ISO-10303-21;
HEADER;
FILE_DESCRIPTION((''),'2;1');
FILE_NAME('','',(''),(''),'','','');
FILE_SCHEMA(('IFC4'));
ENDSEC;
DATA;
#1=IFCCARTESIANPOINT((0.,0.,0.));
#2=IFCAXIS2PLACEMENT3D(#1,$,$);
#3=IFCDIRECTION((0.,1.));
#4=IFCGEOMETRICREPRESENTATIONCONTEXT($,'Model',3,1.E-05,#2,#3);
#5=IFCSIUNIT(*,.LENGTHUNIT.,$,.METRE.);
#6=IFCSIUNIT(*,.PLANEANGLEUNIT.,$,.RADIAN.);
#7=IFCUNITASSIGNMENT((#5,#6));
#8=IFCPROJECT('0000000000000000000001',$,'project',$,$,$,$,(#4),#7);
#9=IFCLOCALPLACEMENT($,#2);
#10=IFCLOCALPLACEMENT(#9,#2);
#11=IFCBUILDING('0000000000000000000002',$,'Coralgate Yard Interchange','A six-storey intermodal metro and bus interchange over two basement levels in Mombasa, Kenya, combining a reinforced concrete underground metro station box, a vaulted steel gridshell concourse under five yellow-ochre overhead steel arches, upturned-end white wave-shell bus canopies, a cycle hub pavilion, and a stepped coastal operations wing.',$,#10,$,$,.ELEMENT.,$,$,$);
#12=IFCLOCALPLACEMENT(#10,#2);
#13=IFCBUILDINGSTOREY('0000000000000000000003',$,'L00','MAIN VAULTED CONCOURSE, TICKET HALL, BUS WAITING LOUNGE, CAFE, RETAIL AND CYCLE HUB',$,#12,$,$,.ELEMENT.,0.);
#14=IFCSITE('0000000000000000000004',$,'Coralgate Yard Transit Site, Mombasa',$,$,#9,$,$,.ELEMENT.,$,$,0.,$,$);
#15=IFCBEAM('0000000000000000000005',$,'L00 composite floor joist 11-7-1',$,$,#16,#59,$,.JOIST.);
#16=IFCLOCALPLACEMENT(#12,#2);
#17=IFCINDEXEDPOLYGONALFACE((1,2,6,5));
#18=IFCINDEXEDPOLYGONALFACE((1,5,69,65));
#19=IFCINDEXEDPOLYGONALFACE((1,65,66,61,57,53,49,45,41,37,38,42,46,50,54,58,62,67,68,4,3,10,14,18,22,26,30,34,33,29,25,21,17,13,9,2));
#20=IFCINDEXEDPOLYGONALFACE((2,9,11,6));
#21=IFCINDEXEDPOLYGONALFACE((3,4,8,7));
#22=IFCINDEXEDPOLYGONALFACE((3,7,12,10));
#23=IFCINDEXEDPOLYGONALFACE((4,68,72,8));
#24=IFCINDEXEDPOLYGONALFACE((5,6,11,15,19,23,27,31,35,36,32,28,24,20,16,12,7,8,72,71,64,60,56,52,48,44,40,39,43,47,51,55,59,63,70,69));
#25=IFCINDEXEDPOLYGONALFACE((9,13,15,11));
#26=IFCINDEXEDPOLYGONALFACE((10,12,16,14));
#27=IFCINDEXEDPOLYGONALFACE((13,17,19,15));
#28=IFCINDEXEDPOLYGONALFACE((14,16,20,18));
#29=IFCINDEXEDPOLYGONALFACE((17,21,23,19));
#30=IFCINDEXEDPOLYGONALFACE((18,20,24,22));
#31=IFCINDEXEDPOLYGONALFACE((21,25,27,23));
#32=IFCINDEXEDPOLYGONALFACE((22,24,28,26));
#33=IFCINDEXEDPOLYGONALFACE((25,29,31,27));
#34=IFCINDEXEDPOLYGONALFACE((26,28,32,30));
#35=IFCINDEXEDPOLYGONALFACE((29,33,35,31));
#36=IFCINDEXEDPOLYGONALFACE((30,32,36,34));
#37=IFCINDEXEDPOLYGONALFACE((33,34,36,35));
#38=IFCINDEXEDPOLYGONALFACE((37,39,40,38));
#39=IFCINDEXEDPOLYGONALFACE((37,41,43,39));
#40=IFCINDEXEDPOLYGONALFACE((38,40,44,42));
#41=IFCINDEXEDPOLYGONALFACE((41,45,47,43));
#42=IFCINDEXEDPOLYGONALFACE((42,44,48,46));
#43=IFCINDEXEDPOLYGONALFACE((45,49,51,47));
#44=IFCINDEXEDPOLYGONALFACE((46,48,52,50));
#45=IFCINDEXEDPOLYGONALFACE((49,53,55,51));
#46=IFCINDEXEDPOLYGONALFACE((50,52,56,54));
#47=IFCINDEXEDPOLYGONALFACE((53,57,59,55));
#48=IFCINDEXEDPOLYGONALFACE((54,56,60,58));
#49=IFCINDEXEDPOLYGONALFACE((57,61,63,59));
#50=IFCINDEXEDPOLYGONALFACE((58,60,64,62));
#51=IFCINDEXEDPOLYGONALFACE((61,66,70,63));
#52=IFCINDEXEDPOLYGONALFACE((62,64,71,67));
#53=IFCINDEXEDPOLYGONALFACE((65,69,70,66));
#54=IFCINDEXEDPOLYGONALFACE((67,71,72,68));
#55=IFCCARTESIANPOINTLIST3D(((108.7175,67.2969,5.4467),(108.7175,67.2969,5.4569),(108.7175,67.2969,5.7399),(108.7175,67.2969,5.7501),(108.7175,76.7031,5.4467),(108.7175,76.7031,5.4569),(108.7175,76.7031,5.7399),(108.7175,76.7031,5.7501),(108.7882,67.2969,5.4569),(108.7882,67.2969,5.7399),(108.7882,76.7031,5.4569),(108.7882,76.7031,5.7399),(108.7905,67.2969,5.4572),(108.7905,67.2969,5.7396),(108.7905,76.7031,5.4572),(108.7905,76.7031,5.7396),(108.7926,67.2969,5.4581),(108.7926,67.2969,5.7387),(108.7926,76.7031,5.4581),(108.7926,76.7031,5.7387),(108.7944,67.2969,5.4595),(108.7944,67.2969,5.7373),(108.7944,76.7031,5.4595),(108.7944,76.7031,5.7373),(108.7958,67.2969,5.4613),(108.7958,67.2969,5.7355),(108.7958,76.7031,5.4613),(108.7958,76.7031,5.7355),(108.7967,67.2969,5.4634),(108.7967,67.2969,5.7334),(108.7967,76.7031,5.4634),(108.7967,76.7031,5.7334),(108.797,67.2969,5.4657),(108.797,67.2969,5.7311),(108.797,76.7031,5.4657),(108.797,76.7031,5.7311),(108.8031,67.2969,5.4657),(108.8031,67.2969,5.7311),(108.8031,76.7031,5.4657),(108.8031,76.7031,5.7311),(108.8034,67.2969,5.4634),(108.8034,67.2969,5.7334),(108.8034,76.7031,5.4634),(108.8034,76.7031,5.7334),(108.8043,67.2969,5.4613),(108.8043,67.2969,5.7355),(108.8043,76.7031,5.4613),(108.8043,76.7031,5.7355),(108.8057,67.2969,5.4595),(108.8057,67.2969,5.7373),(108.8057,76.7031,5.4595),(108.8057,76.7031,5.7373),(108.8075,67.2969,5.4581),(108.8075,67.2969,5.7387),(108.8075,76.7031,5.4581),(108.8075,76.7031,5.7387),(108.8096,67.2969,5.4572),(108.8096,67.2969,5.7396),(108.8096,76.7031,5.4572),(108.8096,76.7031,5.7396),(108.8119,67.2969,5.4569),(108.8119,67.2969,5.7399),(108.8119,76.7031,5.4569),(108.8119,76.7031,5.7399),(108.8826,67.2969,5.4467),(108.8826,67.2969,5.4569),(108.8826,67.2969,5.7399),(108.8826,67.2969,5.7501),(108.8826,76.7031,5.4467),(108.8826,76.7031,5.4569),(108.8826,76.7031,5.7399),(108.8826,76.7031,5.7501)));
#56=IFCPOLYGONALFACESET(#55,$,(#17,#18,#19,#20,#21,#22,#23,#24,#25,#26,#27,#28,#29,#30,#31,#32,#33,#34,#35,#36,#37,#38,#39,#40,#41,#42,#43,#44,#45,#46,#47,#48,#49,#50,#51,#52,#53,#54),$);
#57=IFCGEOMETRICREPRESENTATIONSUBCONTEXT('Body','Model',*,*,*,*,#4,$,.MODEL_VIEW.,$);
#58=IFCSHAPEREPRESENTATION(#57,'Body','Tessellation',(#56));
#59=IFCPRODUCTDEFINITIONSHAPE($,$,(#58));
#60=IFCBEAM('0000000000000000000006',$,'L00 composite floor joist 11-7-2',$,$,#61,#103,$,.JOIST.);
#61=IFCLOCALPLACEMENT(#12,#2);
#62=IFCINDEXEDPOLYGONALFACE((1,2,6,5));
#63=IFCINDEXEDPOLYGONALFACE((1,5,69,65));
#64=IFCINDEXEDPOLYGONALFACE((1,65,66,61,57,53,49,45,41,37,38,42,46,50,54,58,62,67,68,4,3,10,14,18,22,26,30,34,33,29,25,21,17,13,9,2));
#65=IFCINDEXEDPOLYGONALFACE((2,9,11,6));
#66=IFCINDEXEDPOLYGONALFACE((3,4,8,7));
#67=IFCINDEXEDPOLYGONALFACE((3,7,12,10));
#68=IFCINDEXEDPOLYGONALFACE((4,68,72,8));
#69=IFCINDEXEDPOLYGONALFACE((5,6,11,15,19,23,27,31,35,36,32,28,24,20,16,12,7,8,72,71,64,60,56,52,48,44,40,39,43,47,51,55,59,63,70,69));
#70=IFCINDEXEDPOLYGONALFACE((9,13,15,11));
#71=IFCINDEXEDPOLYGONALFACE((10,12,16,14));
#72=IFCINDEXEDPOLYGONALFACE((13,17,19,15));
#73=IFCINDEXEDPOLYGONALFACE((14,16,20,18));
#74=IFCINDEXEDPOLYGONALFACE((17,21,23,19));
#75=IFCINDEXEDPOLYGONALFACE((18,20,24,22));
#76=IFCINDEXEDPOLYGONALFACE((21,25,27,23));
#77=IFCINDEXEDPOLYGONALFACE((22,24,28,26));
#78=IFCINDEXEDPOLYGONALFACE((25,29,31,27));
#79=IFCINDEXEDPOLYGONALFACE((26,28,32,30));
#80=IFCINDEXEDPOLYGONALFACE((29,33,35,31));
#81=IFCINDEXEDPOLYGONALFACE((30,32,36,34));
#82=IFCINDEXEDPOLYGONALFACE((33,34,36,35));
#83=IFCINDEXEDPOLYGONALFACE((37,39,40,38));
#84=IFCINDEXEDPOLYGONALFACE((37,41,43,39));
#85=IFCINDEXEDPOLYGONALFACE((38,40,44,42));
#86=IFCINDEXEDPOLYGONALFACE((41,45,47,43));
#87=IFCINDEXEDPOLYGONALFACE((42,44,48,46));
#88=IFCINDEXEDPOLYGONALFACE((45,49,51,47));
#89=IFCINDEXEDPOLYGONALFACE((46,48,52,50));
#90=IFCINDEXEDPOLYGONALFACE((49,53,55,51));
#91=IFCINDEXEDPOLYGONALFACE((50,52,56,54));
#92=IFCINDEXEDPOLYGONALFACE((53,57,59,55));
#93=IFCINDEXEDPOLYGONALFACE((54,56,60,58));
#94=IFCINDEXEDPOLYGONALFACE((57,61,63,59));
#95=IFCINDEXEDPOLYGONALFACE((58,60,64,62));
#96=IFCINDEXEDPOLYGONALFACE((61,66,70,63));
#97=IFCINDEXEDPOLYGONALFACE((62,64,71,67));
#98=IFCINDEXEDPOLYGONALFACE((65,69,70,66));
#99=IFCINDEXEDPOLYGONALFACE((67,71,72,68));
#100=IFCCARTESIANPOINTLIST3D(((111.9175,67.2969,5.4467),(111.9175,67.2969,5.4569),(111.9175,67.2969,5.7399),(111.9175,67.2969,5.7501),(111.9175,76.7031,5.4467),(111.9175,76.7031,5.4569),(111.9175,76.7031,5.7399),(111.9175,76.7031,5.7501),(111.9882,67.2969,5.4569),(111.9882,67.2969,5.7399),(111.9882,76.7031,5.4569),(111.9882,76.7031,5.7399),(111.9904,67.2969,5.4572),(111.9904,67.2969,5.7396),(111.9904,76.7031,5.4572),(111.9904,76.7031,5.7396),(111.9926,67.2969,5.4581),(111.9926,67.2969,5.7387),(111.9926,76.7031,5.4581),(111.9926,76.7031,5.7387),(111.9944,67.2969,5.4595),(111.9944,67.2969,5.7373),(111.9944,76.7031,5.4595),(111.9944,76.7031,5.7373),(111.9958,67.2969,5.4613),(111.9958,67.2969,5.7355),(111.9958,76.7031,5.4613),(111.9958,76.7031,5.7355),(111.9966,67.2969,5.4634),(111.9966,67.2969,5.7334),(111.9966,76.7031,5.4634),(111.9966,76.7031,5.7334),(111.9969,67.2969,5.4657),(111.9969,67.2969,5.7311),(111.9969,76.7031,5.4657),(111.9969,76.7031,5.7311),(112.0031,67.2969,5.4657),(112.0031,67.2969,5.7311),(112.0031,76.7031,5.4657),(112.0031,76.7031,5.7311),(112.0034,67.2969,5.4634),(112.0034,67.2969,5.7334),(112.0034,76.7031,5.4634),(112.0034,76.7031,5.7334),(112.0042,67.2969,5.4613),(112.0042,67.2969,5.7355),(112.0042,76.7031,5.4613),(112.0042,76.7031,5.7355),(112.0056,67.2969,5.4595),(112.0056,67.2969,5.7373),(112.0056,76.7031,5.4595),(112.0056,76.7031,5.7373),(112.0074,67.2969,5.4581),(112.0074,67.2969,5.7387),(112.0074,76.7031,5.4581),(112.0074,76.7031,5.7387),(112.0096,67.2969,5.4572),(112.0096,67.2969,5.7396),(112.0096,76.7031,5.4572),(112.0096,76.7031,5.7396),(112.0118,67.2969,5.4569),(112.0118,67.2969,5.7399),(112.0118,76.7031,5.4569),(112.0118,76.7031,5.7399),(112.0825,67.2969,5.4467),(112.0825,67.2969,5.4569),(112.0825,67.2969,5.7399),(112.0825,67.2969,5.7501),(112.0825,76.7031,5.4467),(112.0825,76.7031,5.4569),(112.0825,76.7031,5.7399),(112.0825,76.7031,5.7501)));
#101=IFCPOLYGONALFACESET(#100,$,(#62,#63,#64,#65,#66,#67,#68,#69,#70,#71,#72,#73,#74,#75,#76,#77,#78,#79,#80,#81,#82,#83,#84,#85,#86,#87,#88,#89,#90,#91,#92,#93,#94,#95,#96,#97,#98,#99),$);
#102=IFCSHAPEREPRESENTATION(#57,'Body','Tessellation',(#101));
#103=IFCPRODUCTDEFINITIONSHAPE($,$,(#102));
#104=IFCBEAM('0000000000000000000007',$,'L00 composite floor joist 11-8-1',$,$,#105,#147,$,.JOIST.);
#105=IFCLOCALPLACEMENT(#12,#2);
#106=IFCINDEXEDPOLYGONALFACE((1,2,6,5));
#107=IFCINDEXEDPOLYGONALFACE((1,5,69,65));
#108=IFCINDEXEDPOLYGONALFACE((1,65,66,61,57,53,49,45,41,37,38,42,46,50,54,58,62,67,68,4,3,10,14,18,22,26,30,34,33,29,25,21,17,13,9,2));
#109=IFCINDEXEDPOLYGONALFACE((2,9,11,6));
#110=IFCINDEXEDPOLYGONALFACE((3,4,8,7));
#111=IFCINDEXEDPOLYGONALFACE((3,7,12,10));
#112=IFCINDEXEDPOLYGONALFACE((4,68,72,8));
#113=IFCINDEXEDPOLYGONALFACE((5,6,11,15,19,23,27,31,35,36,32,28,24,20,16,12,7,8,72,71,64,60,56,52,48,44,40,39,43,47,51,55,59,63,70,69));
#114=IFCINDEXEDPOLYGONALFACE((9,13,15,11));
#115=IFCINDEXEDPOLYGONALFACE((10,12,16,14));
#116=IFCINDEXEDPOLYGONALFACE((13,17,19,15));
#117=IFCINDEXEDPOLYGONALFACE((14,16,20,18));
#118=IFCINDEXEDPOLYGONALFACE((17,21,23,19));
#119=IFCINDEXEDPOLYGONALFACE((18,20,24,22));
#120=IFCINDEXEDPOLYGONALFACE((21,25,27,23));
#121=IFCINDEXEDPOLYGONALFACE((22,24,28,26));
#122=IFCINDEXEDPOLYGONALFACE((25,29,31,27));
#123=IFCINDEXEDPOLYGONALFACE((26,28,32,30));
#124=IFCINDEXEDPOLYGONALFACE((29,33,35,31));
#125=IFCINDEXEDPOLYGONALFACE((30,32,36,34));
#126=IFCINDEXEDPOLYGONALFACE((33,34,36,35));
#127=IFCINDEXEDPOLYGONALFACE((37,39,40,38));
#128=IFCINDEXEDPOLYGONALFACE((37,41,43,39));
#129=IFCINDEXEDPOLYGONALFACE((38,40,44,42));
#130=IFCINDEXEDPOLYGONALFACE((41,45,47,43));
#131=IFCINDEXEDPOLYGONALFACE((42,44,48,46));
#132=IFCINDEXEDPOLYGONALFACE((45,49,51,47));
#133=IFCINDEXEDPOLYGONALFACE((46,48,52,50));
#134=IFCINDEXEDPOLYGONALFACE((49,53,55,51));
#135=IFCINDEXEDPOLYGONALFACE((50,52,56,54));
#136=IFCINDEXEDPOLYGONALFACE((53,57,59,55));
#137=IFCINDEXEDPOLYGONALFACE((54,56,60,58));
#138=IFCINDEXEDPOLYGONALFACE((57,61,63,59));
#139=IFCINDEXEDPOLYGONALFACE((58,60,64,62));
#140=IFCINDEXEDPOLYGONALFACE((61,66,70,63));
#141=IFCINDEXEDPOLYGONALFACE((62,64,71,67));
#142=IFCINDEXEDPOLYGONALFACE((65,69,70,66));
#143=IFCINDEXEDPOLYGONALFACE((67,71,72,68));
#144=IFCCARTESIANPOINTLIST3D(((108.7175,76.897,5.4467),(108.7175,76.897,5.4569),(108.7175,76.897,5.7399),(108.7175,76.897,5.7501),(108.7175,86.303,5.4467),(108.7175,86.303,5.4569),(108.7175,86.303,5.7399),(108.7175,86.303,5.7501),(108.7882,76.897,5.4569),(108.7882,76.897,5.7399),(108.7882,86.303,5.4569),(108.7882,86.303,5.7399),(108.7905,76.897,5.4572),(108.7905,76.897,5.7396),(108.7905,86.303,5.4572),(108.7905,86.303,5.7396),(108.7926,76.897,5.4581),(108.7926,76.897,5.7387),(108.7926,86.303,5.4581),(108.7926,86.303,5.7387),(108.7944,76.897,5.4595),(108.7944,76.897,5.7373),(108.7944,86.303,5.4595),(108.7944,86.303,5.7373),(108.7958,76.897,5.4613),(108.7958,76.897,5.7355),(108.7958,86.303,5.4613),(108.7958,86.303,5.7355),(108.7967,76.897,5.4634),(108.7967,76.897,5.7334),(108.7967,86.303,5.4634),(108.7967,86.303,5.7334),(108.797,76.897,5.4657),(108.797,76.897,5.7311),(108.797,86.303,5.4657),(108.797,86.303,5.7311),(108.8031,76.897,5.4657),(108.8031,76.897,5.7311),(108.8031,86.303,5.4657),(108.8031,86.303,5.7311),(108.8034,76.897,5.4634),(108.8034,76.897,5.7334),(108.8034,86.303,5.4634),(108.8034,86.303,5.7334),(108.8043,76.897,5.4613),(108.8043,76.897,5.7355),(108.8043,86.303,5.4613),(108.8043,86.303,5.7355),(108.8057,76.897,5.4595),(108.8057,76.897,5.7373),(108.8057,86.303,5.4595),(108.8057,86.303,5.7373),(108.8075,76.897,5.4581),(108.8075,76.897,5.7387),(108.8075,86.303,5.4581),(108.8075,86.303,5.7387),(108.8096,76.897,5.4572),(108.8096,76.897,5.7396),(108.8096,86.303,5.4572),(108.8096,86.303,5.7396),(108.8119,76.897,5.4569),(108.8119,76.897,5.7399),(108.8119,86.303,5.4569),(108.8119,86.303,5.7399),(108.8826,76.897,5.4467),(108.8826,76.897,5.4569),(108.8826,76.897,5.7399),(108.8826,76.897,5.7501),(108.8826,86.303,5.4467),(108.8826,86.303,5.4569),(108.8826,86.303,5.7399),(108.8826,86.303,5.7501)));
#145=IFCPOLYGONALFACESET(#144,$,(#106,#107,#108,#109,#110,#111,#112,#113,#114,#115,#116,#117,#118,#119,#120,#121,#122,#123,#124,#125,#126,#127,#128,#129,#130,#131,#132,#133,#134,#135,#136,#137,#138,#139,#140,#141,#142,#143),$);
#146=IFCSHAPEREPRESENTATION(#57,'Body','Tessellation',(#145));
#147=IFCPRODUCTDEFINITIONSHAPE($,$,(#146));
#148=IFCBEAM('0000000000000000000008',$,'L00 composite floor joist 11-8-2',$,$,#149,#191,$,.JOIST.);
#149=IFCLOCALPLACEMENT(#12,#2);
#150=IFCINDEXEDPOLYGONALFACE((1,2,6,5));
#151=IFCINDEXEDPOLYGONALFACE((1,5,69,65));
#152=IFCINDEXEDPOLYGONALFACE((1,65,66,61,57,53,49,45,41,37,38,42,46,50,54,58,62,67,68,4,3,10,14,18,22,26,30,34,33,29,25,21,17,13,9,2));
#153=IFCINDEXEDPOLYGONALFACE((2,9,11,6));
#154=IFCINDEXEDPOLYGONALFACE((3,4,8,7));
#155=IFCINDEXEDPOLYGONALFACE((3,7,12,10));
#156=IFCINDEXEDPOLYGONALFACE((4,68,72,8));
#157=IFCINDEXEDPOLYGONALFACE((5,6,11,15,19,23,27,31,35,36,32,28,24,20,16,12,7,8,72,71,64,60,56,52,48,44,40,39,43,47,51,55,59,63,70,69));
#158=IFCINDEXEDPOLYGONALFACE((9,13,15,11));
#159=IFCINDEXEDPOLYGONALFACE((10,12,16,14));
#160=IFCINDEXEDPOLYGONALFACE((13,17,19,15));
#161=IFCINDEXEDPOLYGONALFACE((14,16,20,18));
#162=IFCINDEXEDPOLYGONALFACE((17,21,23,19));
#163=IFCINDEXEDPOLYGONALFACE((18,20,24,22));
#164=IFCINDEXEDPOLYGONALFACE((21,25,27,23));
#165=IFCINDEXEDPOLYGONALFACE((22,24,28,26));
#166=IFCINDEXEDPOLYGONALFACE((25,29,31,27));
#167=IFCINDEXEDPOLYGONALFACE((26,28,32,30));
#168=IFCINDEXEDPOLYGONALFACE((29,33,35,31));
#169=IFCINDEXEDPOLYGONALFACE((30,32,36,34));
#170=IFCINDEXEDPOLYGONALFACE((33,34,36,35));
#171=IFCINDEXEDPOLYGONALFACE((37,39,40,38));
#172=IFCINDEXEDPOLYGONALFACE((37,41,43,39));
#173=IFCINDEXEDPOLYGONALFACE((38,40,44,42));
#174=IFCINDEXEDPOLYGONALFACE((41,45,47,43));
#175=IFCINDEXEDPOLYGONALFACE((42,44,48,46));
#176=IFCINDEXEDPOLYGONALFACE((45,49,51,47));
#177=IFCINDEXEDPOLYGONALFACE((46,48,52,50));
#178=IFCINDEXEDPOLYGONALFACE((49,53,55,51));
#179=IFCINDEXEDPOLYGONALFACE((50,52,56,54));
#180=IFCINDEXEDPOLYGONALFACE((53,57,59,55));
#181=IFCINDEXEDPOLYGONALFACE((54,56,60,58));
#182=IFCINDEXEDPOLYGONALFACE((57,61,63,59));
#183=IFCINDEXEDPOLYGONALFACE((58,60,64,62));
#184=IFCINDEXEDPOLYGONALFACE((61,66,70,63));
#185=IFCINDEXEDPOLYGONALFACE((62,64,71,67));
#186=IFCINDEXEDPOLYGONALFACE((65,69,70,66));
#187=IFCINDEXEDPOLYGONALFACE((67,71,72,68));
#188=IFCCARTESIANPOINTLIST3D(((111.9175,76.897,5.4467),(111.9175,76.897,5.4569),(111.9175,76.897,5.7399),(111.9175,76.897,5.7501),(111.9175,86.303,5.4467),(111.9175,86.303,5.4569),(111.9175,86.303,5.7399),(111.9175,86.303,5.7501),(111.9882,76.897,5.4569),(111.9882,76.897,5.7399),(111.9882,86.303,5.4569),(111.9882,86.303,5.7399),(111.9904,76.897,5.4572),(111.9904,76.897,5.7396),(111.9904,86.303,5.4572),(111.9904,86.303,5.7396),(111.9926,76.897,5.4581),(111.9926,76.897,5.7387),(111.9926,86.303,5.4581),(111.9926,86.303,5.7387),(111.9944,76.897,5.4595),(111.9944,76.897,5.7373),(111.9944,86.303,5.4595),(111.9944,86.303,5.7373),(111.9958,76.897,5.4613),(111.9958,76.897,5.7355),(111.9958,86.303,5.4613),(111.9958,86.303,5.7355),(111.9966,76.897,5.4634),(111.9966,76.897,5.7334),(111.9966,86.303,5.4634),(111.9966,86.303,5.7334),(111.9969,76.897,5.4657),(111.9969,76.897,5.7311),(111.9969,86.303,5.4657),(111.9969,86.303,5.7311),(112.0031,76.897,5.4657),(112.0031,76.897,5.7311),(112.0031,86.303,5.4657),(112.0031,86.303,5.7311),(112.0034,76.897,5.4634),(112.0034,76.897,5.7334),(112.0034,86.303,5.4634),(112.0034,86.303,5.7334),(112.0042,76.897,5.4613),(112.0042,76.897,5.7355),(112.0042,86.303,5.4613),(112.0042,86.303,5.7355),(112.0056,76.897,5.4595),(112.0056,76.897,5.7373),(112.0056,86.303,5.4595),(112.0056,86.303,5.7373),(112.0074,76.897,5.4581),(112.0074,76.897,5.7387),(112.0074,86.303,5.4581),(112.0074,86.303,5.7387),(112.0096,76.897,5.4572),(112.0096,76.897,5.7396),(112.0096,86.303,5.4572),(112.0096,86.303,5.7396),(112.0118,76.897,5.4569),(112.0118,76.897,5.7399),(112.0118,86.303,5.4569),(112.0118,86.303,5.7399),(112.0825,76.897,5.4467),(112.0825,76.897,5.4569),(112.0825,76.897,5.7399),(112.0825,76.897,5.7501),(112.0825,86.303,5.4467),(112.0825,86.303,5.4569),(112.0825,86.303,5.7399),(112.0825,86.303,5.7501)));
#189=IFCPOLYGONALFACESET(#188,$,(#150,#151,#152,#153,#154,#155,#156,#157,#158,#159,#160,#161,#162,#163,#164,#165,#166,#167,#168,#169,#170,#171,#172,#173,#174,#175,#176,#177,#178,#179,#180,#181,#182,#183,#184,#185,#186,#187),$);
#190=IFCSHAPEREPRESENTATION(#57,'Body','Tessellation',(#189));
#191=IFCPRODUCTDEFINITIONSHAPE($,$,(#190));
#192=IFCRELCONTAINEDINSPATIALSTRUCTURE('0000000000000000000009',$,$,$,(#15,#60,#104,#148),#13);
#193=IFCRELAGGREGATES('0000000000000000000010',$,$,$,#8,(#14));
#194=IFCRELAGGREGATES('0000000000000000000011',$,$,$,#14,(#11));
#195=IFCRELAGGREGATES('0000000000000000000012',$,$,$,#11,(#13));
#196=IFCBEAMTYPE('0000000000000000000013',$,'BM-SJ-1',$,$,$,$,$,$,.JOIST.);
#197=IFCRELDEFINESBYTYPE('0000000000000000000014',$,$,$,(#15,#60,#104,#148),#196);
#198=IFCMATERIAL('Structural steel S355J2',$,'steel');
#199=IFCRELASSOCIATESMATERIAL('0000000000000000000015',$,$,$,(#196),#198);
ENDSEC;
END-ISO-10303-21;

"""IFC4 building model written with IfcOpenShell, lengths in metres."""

from ifc_helpers import new_model, si_unit, direction, frame, origin, origin_2d, place, context, subcontext, project, spatial, i_section, extrude, material, material_profile, profile_set, type_object, element, save


model = new_model("IFC4")

# Units and contexts
model_context = context("Model", 3, precision=1e-05, world=origin(), true_north=direction((0.0, 1.0)))
body_context = subcontext(model_context, "Body", "Model", "MODEL_VIEW")
ifc_project = project(units=[si_unit("LENGTHUNIT", "METRE"), si_unit("PLANEANGLEUNIT", "RADIAN")], contexts=[model_context])

# Site, building, storey
site_placement = place(None, origin())
site = spatial("IfcSite", under=ifc_project, at=site_placement, Name="Coralgate Yard Transit Site, Mombasa", CompositionType="ELEMENT", RefElevation=0.0)
building_placement = place(site_placement, origin())
building = spatial("IfcBuilding", under=site, at=building_placement, Name="Coralgate Yard Interchange", Description="A six-storey intermodal metro and bus interchange over two basement levels in Mombasa, Kenya, combining a reinforced concrete underground metro station box, a vaulted steel gridshell concourse under five yellow-ochre overhead steel arches, upturned-end white wave-shell bus canopies, a cycle hub pavilion, and a stepped coastal operations wing.", CompositionType="ELEMENT")
storey_placement = place(building_placement, origin())
storey = spatial("IfcBuildingStorey", under=building, at=storey_placement, Name="L00", Description="MAIN VAULTED CONCOURSE, TICKET HALL, BUS WAITING LOUNGE, CAFE, RETAIL AND CYCLE HUB", CompositionType="ELEMENT", Elevation=0.0)

# Shared definitions
ifc_material_1 = material(Name="Structural steel S355J2", Category="steel")

# Beams
ifc_material_profile_1 = material_profile(ifc_material_1, i_section(OverallWidth=0.165, OverallDepth=0.3035, WebThickness=0.0061, FlangeThickness=0.0103, FilletRadius=0.0088, at=origin_2d()), Name="UB 305x165x40")
ifc_profile_set_1 = profile_set([ifc_material_profile_1], Name="Structural steel S355J2")
beam_type_1 = type_object("IfcBeamType", Name="BM-SJ-1", PredefinedType="JOIST", material=ifc_profile_set_1)
for number, where, z_axis, x_axis, name in (
    (1, (108.8, 67.2969, 5.5984), (0.0, 1.0, 0.0), (-1.0, 0.0, 0.0), "L00 composite floor joist 11-7-1"),
    (2, (112.0, 67.2969, 5.5984), (0.0, 1.0, 0.0), (-1.0, 0.0, 0.0), "L00 composite floor joist 11-7-2"),
):
    element("IfcBeam", number, at=place(storey_placement, frame(where, z_axis=z_axis, x_axis=x_axis)), inside=storey, type_object=beam_type_1, Name=name, PredefinedType="JOIST", context=body_context, shape_type="SweptSolid", body=[
        extrude(i_section(OverallWidth=0.165, OverallDepth=0.3035, WebThickness=0.0061, FlangeThickness=0.0103, FilletRadius=0.0088, at=origin_2d()), origin(), (0.0, 0.0, 1.0), 9.4062),
    ])
for number, where, z_axis, x_axis, name in (
    (3, (108.8, 76.897, 5.5984), (0.0, 1.0, 0.0), (-1.0, 0.0, 0.0), "L00 composite floor joist 11-8-1"),
    (4, (112.0, 76.897, 5.5984), (0.0, 1.0, 0.0), (-1.0, 0.0, 0.0), "L00 composite floor joist 11-8-2"),
):
    element("IfcBeam", number, at=place(storey_placement, frame(where, z_axis=z_axis, x_axis=x_axis)), inside=storey, type_object=beam_type_1, Name=name, PredefinedType="JOIST", context=body_context, shape_type="SweptSolid", body=[
        extrude(i_section(OverallWidth=0.165, OverallDepth=0.3035, WebThickness=0.0061, FlangeThickness=0.0103, FilletRadius=0.0088, at=origin_2d()), origin(), (0.0, 0.0, 1.0), 9.406),
    ])

save(model, "model.ifc")
